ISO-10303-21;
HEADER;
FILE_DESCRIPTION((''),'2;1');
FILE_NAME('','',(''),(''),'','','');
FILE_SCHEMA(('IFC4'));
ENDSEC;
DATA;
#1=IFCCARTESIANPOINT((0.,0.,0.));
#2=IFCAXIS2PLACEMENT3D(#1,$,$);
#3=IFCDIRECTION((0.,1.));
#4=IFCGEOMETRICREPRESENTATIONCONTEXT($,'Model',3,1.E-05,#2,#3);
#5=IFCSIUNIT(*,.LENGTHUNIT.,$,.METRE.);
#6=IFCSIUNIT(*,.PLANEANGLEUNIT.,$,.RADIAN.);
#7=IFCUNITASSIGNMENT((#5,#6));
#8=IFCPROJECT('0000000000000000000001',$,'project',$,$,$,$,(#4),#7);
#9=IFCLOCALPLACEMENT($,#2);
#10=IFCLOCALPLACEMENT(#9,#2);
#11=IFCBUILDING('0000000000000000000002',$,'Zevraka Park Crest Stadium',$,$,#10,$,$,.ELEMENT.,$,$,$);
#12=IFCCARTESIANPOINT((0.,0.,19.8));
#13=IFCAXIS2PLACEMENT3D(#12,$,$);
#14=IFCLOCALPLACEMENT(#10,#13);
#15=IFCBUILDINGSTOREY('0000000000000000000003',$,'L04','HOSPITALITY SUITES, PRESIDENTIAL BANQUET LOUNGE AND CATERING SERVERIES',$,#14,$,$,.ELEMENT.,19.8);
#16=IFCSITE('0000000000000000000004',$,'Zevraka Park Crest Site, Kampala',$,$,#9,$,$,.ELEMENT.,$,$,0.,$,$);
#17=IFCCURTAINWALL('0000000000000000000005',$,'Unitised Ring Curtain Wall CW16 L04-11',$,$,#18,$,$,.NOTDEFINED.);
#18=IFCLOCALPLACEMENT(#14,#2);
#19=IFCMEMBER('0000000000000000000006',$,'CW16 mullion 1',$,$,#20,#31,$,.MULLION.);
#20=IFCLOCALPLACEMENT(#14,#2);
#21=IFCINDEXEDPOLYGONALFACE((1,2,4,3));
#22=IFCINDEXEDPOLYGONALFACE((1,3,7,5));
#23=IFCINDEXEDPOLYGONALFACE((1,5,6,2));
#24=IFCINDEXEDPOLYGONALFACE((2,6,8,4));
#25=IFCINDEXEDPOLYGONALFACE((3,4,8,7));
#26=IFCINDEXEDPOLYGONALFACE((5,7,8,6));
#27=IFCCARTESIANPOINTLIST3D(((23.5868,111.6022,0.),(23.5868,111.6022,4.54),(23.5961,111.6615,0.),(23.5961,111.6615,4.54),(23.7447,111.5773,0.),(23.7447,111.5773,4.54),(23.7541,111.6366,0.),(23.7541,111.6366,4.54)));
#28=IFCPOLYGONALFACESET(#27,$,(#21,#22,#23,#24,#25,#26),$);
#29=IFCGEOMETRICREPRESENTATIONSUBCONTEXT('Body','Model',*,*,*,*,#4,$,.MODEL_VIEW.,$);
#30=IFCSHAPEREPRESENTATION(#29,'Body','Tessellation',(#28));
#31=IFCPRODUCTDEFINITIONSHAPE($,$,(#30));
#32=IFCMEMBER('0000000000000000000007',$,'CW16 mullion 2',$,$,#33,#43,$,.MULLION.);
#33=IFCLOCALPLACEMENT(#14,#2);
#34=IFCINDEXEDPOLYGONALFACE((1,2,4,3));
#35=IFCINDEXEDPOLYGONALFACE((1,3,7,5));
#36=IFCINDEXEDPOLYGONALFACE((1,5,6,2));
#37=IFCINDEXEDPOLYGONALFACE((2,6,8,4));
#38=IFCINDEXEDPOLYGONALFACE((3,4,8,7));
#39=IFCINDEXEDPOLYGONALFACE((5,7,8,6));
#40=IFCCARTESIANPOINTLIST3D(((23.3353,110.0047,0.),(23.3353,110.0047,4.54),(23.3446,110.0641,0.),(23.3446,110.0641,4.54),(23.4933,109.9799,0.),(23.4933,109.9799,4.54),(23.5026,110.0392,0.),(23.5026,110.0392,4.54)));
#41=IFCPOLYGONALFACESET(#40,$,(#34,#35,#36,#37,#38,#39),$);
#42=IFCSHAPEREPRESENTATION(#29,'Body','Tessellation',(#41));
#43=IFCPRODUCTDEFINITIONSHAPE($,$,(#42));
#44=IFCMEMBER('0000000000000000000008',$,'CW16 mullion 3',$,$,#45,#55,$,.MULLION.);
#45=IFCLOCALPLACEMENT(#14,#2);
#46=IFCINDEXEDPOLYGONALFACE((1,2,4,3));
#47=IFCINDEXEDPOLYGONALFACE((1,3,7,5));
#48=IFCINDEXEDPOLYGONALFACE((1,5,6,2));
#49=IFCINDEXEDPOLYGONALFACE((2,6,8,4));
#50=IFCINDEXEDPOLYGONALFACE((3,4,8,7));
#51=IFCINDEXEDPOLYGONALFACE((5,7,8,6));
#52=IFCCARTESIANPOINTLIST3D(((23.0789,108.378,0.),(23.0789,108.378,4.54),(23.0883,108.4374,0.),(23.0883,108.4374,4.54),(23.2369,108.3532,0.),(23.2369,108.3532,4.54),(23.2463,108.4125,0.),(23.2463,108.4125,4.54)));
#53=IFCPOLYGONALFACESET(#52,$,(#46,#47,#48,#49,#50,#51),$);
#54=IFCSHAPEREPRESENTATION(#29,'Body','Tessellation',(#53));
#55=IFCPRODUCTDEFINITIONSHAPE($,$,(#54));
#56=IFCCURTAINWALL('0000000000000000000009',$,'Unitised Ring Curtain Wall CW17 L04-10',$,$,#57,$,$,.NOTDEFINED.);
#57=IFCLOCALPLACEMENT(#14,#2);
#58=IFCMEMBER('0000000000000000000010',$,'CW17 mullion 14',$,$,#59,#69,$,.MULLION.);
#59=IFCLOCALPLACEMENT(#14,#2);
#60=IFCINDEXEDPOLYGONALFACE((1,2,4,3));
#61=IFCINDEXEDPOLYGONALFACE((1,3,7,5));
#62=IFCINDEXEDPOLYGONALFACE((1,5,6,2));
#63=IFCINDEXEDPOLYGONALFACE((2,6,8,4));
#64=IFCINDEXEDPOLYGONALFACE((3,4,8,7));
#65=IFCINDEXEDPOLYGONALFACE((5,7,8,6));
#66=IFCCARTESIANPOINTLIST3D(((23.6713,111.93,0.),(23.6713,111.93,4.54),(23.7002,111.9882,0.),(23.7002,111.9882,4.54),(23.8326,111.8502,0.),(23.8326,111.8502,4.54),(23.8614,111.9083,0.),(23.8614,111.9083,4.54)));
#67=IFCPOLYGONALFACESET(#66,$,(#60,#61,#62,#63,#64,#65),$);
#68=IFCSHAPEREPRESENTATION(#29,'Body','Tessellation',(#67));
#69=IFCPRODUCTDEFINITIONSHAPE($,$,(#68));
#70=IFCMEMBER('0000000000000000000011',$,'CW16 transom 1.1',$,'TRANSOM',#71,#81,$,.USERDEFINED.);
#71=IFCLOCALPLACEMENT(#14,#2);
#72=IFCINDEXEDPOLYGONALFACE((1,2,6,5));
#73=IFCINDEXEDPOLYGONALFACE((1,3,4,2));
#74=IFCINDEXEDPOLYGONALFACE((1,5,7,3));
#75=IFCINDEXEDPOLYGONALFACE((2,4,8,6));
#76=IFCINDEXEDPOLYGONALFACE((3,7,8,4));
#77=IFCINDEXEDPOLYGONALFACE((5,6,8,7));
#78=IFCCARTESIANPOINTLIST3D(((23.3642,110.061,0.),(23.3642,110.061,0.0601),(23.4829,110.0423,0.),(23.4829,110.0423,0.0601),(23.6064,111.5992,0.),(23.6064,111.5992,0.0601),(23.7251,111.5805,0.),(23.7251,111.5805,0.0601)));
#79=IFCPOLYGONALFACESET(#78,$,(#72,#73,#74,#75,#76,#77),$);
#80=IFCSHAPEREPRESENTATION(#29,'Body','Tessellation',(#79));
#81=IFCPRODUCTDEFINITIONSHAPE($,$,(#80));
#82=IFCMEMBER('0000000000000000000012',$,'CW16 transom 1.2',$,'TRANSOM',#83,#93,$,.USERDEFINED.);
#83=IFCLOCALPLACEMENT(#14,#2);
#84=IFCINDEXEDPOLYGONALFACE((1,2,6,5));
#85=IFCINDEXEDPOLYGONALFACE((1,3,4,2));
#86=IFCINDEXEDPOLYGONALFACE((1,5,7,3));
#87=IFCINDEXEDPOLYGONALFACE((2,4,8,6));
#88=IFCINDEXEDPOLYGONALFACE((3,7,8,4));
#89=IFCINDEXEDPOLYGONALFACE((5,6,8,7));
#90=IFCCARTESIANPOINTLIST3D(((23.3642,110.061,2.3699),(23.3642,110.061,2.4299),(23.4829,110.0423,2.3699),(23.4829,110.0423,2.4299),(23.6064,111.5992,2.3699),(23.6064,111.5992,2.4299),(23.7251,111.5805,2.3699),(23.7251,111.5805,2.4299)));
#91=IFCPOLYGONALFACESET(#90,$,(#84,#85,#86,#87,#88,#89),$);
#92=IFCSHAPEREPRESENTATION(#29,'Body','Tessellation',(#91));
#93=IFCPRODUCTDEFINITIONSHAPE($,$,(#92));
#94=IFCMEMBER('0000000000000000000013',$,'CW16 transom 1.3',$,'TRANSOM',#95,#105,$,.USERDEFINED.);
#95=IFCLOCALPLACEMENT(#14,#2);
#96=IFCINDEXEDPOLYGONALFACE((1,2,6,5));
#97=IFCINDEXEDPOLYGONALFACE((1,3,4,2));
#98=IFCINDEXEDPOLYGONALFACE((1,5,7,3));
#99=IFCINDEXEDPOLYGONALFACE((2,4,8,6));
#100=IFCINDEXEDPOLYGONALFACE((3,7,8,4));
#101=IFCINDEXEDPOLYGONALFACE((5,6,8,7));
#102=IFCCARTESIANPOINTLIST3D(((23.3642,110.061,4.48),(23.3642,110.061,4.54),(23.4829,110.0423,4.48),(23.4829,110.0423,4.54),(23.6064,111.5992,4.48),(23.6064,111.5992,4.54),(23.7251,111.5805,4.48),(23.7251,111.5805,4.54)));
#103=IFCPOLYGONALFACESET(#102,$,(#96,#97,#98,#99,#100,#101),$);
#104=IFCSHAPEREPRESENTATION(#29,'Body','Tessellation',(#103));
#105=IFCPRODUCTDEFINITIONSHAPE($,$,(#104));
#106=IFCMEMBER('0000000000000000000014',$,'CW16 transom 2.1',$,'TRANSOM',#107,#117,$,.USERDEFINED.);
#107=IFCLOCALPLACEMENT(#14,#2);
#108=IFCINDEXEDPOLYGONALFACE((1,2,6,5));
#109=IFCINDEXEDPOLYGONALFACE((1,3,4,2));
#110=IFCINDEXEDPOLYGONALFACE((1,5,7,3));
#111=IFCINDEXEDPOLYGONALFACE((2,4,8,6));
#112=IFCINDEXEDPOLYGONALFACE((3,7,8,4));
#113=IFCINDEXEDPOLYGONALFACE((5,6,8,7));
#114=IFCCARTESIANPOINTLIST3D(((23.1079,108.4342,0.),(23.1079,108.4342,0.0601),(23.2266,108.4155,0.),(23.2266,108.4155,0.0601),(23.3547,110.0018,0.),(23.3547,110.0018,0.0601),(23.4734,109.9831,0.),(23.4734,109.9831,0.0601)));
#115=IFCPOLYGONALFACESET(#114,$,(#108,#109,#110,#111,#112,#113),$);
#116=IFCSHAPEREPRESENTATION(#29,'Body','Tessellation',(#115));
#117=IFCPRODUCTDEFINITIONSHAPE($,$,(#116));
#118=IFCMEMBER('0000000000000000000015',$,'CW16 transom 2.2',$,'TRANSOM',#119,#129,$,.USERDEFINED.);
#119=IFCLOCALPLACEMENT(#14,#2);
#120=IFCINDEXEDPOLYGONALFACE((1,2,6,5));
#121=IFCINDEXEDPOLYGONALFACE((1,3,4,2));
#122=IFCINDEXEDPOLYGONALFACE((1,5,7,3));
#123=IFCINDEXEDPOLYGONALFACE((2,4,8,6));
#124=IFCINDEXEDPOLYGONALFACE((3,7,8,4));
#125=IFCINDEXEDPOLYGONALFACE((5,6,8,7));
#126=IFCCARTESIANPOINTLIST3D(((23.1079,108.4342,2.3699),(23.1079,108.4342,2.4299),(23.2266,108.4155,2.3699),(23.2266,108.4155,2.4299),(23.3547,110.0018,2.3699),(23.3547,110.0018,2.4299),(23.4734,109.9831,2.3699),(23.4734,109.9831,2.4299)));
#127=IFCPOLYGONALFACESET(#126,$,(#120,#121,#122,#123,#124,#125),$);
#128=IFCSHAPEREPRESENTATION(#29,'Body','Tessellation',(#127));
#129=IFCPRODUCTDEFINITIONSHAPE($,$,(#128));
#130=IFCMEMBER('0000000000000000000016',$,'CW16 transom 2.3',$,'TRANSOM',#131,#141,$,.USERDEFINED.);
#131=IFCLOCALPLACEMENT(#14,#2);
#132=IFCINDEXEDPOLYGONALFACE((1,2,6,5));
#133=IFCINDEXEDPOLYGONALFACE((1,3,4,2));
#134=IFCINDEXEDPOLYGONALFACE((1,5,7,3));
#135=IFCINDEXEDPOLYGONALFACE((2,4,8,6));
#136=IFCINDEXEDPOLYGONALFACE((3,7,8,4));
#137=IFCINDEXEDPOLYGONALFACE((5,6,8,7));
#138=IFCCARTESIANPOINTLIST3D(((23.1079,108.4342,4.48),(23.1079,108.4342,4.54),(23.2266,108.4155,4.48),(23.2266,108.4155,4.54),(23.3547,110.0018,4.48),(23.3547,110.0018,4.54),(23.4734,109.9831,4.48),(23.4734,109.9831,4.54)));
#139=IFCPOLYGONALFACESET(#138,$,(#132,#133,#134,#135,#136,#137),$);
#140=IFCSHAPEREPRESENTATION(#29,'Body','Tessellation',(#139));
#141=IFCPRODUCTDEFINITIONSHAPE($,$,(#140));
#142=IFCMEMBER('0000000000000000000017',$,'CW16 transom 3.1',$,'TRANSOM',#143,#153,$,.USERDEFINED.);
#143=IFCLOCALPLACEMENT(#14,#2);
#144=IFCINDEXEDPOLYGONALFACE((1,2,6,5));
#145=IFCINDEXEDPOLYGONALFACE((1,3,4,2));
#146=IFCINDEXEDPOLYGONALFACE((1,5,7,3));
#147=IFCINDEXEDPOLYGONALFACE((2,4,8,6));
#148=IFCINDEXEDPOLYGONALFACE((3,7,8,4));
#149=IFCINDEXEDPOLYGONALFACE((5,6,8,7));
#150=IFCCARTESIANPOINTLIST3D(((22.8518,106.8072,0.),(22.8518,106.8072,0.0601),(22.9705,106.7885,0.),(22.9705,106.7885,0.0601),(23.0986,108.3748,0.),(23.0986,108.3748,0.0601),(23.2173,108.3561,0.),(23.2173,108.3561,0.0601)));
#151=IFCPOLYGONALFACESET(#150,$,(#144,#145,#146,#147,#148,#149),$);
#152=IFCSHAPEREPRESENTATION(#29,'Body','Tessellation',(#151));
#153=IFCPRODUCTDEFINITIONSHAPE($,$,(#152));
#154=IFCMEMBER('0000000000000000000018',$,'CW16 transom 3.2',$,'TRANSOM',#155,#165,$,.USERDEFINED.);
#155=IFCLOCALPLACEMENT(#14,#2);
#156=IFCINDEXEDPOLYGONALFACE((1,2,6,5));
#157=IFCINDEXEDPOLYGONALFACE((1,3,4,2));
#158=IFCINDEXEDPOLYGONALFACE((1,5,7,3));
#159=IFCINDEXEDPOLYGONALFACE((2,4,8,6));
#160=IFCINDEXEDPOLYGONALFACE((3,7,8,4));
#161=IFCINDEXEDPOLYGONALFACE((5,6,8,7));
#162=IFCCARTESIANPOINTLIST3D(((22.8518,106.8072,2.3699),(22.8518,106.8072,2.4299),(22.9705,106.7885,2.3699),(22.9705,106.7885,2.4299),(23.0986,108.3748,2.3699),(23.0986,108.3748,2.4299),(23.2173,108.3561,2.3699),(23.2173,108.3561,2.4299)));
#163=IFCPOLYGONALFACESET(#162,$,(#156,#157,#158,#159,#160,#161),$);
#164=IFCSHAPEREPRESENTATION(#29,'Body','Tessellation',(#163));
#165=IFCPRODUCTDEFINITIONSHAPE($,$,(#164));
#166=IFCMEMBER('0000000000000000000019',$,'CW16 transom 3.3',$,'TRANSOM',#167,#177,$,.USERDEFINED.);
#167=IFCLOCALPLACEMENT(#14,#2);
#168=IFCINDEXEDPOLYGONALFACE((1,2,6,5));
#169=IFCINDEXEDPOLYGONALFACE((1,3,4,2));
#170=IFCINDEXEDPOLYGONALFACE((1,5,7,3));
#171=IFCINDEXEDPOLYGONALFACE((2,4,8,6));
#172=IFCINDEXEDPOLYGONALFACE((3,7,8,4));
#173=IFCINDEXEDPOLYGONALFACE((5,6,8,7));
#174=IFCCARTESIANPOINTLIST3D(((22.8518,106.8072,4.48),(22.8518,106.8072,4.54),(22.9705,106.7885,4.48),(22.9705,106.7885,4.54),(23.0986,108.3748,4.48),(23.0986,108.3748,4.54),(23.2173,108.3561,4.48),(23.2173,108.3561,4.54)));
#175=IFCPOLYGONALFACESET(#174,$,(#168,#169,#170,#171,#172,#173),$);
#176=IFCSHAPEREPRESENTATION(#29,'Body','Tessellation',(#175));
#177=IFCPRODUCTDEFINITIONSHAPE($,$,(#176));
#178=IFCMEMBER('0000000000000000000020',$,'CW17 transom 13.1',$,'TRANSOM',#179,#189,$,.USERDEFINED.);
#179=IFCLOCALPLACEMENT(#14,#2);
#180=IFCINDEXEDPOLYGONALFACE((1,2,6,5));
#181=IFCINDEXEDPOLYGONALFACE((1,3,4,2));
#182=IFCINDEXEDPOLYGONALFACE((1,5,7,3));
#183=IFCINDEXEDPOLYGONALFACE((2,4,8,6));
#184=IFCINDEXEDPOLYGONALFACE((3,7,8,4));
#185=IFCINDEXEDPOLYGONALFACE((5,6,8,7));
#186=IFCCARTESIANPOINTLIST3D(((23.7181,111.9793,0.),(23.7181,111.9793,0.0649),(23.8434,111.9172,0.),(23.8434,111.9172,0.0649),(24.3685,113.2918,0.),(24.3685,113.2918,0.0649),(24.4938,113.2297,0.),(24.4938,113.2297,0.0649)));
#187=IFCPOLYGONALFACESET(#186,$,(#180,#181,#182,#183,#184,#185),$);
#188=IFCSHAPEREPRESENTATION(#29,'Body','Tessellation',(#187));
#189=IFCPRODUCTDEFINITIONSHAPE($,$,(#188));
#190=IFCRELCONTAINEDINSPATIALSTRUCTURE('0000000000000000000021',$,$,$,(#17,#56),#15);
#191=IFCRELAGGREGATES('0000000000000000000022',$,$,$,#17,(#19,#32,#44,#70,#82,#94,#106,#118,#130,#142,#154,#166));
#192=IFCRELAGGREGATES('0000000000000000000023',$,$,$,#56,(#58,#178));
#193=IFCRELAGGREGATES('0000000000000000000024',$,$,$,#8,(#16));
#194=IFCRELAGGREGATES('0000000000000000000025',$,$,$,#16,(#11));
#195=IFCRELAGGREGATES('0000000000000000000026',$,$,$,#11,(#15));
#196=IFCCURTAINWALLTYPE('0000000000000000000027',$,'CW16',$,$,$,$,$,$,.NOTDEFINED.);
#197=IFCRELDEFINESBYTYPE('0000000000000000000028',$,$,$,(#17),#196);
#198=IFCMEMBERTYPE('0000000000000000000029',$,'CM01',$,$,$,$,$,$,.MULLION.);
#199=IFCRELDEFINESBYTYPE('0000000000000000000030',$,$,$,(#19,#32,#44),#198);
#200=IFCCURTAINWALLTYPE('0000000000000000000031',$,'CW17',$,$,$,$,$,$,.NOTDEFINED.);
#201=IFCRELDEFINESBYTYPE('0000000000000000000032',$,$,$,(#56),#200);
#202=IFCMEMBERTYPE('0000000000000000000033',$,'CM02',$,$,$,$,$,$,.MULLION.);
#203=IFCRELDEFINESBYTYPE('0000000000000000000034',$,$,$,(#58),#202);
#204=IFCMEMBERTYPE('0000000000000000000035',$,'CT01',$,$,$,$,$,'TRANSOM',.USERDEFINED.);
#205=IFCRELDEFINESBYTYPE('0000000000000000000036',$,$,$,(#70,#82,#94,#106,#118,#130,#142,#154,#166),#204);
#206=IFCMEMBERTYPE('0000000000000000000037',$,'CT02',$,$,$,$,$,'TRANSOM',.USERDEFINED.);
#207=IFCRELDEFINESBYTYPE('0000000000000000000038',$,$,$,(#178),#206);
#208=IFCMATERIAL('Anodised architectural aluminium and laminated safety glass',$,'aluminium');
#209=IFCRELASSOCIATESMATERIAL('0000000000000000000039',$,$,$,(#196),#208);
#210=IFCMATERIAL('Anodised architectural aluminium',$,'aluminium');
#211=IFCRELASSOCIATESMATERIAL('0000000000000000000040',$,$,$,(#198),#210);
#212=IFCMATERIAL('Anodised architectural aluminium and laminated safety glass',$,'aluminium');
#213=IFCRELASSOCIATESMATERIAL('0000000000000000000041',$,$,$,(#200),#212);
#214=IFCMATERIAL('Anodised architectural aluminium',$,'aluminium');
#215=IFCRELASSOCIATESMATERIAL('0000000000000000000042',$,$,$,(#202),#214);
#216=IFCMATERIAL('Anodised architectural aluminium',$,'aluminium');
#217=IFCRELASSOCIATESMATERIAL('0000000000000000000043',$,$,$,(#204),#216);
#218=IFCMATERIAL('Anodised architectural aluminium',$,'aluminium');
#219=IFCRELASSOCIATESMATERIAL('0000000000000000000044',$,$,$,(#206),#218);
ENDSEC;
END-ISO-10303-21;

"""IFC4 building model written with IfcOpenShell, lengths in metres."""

from ifc_helpers import new_model, si_unit, direction, frame, origin, origin_2d, place, context, subcontext, project, spatial, rectangle, extrude, material, material_profile, profile_set, type_object, element, aggregate, save


model = new_model("IFC4")

# Units and contexts
model_context = context("Model", 3, precision=1e-05, world=origin(), true_north=direction((0.0, 1.0)))
body_context = subcontext(model_context, "Body", "Model", "MODEL_VIEW")
ifc_project = project(units=[si_unit("LENGTHUNIT", "METRE"), si_unit("PLANEANGLEUNIT", "RADIAN")], contexts=[model_context])

# Site, building, storey
site_placement = place(None, origin())
site = spatial("IfcSite", under=ifc_project, at=site_placement, Name="Zevraka Park Crest Site, Kampala", CompositionType="ELEMENT", RefElevation=0.0)
building_placement = place(site_placement, origin())
building = spatial("IfcBuilding", under=site, at=building_placement, Name="Zevraka Park Crest Stadium", CompositionType="ELEMENT")
storey_placement = place(building_placement, frame((0.0, 0.0, 19.8)))
storey = spatial("IfcBuildingStorey", under=building, at=storey_placement, Name="L04", Description="HOSPITALITY SUITES, PRESIDENTIAL BANQUET LOUNGE AND CATERING SERVERIES", CompositionType="ELEMENT", Elevation=19.8)

# Curtain wall, members
ifc_material_1 = material(Name="Anodised architectural aluminium and laminated safety glass", Category="aluminium")
curtain_wall_type_1 = type_object("IfcCurtainWallType", Name="CW16", PredefinedType="NOTDEFINED", material=ifc_material_1)
curtain_wall_1_placement = place(storey_placement, origin())
curtain_wall_1 = element("IfcCurtainWall", 1, at=curtain_wall_1_placement, inside=storey, type_object=curtain_wall_type_1, Name="Unitised Ring Curtain Wall CW16 L04-11", PredefinedType="NOTDEFINED")
ifc_material_2 = material(Name="Anodised architectural aluminium", Category="aluminium")
ifc_material_profile_1 = material_profile(ifc_material_2, rectangle(XDim=0.1599, YDim=0.0601, at=origin_2d()), Name="ALU MULLION 160x60")
ifc_profile_set_1 = profile_set([ifc_material_profile_1], Name="Anodised architectural aluminium")
member_type_1 = type_object("IfcMemberType", Name="CM01", PredefinedType="MULLION", material=ifc_profile_set_1)
member_1_placement = place(storey_placement, frame((23.6704, 111.6194, 0.0), z_axis=(0.0, 0.0, 1.0), x_axis=(0.98783, -0.155539, 0.0)))
member_1 = element("IfcMember", 2, at=member_1_placement, type_object=member_type_1, Name="CW16 mullion 1", PredefinedType="MULLION", context=body_context, shape_type="SweptSolid", body=[
    extrude(rectangle(XDim=0.1599, YDim=0.0601, at=origin_2d()), origin(), (0.0, 0.0, 1.0), 4.54),
])
member_2_placement = place(storey_placement, frame((23.4189, 110.022, 0.0), z_axis=(0.0, 0.0, 1.0), x_axis=(0.98783, -0.155539, 0.0)))
member_2 = element("IfcMember", 3, at=member_2_placement, type_object=member_type_1, Name="CW16 mullion 2", PredefinedType="MULLION", context=body_context, shape_type="SweptSolid", body=[
    extrude(rectangle(XDim=0.1599, YDim=0.0601, at=origin_2d()), origin(), (0.0, 0.0, 1.0), 4.54),
])
member_3_placement = place(storey_placement, frame((23.1626, 108.3953, 0.0), z_axis=(0.0, 0.0, 1.0), x_axis=(0.98783, -0.155539, 0.0)))
member_3 = element("IfcMember", 4, at=member_3_placement, type_object=member_type_1, Name="CW16 mullion 3", PredefinedType="MULLION", context=body_context, shape_type="SweptSolid", body=[
    extrude(rectangle(XDim=0.1599, YDim=0.0601, at=origin_2d()), origin(), (0.0, 0.0, 1.0), 4.54),
])

# Curtain wall, member
ifc_material_3 = material(Name="Anodised architectural aluminium and laminated safety glass", Category="aluminium")
curtain_wall_type_2 = type_object("IfcCurtainWallType", Name="CW17", PredefinedType="NOTDEFINED", material=ifc_material_3)
curtain_wall_2_placement = place(storey_placement, origin())
curtain_wall_2 = element("IfcCurtainWall", 5, at=curtain_wall_2_placement, inside=storey, type_object=curtain_wall_type_2, Name="Unitised Ring Curtain Wall CW17 L04-10", PredefinedType="NOTDEFINED")
ifc_material_4 = material(Name="Anodised architectural aluminium", Category="aluminium")
ifc_material_profile_2 = material_profile(ifc_material_4, rectangle(XDim=0.1799, YDim=0.0649, at=origin_2d()), Name="ALU MULLION 180x65")
ifc_profile_set_2 = profile_set([ifc_material_profile_2], Name="Anodised architectural aluminium")
member_type_2 = type_object("IfcMemberType", Name="CM02", PredefinedType="MULLION", material=ifc_profile_set_2)
member_4_placement = place(storey_placement, frame((23.7664, 111.9192, 0.0), z_axis=(0.0, 0.0, 1.0), x_axis=(0.896046, -0.443961, 0.0)))
member_4 = element("IfcMember", 6, at=member_4_placement, type_object=member_type_2, Name="CW17 mullion 14", PredefinedType="MULLION", context=body_context, shape_type="SweptSolid", body=[
    extrude(rectangle(XDim=0.1799, YDim=0.0649, at=origin_2d()), origin(), (0.0, 0.0, 1.0), 4.54),
])

# Members
ifc_material_5 = material(Name="Anodised architectural aluminium", Category="aluminium")
ifc_material_profile_3 = material_profile(ifc_material_5, rectangle(XDim=0.1201, YDim=0.0601, at=origin_2d()), Name="ALU TRANSOM 120x60")
ifc_profile_set_3 = profile_set([ifc_material_profile_3], Name="Anodised architectural aluminium")
member_type_3 = type_object("IfcMemberType", Name="CT01", ElementType="TRANSOM", PredefinedType="USERDEFINED", material=ifc_profile_set_3)
member_5_placement = place(storey_placement, frame((23.6658, 111.5898, 0.03), z_axis=(-0.155544, -0.987829, 0.0), x_axis=(0.987829, -0.155544, 0.0)))
member_5 = element("IfcMember", 7, at=member_5_placement, type_object=member_type_3, Name="CW16 transom 1.1", ObjectType="TRANSOM", PredefinedType="USERDEFINED", context=body_context, shape_type="SweptSolid", body=[
    extrude(rectangle(XDim=0.1201, YDim=0.0601, at=origin_2d()), origin(), (0.0, 0.0, 1.0), 1.5571),
])
member_6_placement = place(storey_placement, frame((23.6658, 111.5898, 2.3999), z_axis=(-0.155544, -0.987829, 0.0), x_axis=(0.987829, -0.155544, 0.0)))
member_6 = element("IfcMember", 8, at=member_6_placement, type_object=member_type_3, Name="CW16 transom 1.2", ObjectType="TRANSOM", PredefinedType="USERDEFINED", context=body_context, shape_type="SweptSolid", body=[
    extrude(rectangle(XDim=0.1201, YDim=0.0601, at=origin_2d()), origin(), (0.0, 0.0, 1.0), 1.5571),
])
member_7_placement = place(storey_placement, frame((23.6658, 111.5898, 4.51), z_axis=(-0.155544, -0.987829, 0.0), x_axis=(0.987829, -0.155544, 0.0)))
member_7 = element("IfcMember", 9, at=member_7_placement, type_object=member_type_3, Name="CW16 transom 1.3", ObjectType="TRANSOM", PredefinedType="USERDEFINED", context=body_context, shape_type="SweptSolid", body=[
    extrude(rectangle(XDim=0.1201, YDim=0.0601, at=origin_2d()), origin(), (0.0, 0.0, 1.0), 1.5571),
])
member_8_placement = place(storey_placement, frame((23.4141, 109.9924, 0.03), z_axis=(-0.155536, -0.98783, 0.0), x_axis=(0.98783, -0.155536, 0.0)))
member_8 = element("IfcMember", 10, at=member_8_placement, type_object=member_type_3, Name="CW16 transom 2.1", ObjectType="TRANSOM", PredefinedType="USERDEFINED", context=body_context, shape_type="SweptSolid", body=[
    extrude(rectangle(XDim=0.1201, YDim=0.0601, at=origin_2d()), origin(), (0.0, 0.0, 1.0), 1.5869),
])
member_9_placement = place(storey_placement, frame((23.4141, 109.9924, 2.3999), z_axis=(-0.155536, -0.98783, 0.0), x_axis=(0.98783, -0.155536, 0.0)))
member_9 = element("IfcMember", 11, at=member_9_placement, type_object=member_type_3, Name="CW16 transom 2.2", ObjectType="TRANSOM", PredefinedType="USERDEFINED", context=body_context, shape_type="SweptSolid", body=[
    extrude(rectangle(XDim=0.1201, YDim=0.0601, at=origin_2d()), origin(), (0.0, 0.0, 1.0), 1.5869),
])
member_10_placement = place(storey_placement, frame((23.4141, 109.9924, 4.51), z_axis=(-0.155536, -0.98783, 0.0), x_axis=(0.98783, -0.155536, 0.0)))
member_10 = element("IfcMember", 12, at=member_10_placement, type_object=member_type_3, Name="CW16 transom 2.3", ObjectType="TRANSOM", PredefinedType="USERDEFINED", context=body_context, shape_type="SweptSolid", body=[
    extrude(rectangle(XDim=0.1201, YDim=0.0601, at=origin_2d()), origin(), (0.0, 0.0, 1.0), 1.5869),
])
member_11_placement = place(storey_placement, frame((23.158, 108.3655, 0.03), z_axis=(-0.155536, -0.98783, 0.0), x_axis=(0.98783, -0.155536, 0.0)))
member_11 = element("IfcMember", 13, at=member_11_placement, type_object=member_type_3, Name="CW16 transom 3.1", ObjectType="TRANSOM", PredefinedType="USERDEFINED", context=body_context, shape_type="SweptSolid", body=[
    extrude(rectangle(XDim=0.1201, YDim=0.0601, at=origin_2d()), origin(), (0.0, 0.0, 1.0), 1.5869),
])
member_12_placement = place(storey_placement, frame((23.158, 108.3655, 2.3999), z_axis=(-0.155536, -0.98783, 0.0), x_axis=(0.98783, -0.155536, 0.0)))
member_12 = element("IfcMember", 14, at=member_12_placement, type_object=member_type_3, Name="CW16 transom 3.2", ObjectType="TRANSOM", PredefinedType="USERDEFINED", context=body_context, shape_type="SweptSolid", body=[
    extrude(rectangle(XDim=0.1201, YDim=0.0601, at=origin_2d()), origin(), (0.0, 0.0, 1.0), 1.5869),
])
member_13_placement = place(storey_placement, frame((23.158, 108.3655, 4.51), z_axis=(-0.155536, -0.98783, 0.0), x_axis=(0.98783, -0.155536, 0.0)))
member_13 = element("IfcMember", 15, at=member_13_placement, type_object=member_type_3, Name="CW16 transom 3.3", ObjectType="TRANSOM", PredefinedType="USERDEFINED", context=body_context, shape_type="SweptSolid", body=[
    extrude(rectangle(XDim=0.1201, YDim=0.0601, at=origin_2d()), origin(), (0.0, 0.0, 1.0), 1.5869),
])
ifc_material_6 = material(Name="Anodised architectural aluminium", Category="aluminium")
ifc_material_profile_4 = material_profile(ifc_material_6, rectangle(XDim=0.1399, YDim=0.0649, at=origin_2d()), Name="ALU TRANSOM 140x65")
ifc_profile_set_4 = profile_set([ifc_material_profile_4], Name="Anodised architectural aluminium")
member_type_4 = type_object("IfcMemberType", Name="CT02", ElementType="TRANSOM", PredefinedType="USERDEFINED", material=ifc_profile_set_4)
member_14_placement = place(storey_placement, frame((24.4312, 113.2607, 0.0325), z_axis=(-0.444011, -0.896022, 0.0), x_axis=(0.896022, -0.444011, 0.0)))
member_14 = element("IfcMember", 16, at=member_14_placement, type_object=member_type_4, Name="CW17 transom 13.1", ObjectType="TRANSOM", PredefinedType="USERDEFINED", context=body_context, shape_type="SweptSolid", body=[
    extrude(rectangle(XDim=0.1399, YDim=0.0649, at=origin_2d()), origin(), (0.0, 0.0, 1.0), 1.4648),
])

aggregate(curtain_wall_1, [member_1, member_2, member_3, member_5, member_6, member_7, member_8, member_9, member_10, member_11, member_12, member_13])
aggregate(curtain_wall_2, [member_4, member_14])

save(model, "model.ifc")
